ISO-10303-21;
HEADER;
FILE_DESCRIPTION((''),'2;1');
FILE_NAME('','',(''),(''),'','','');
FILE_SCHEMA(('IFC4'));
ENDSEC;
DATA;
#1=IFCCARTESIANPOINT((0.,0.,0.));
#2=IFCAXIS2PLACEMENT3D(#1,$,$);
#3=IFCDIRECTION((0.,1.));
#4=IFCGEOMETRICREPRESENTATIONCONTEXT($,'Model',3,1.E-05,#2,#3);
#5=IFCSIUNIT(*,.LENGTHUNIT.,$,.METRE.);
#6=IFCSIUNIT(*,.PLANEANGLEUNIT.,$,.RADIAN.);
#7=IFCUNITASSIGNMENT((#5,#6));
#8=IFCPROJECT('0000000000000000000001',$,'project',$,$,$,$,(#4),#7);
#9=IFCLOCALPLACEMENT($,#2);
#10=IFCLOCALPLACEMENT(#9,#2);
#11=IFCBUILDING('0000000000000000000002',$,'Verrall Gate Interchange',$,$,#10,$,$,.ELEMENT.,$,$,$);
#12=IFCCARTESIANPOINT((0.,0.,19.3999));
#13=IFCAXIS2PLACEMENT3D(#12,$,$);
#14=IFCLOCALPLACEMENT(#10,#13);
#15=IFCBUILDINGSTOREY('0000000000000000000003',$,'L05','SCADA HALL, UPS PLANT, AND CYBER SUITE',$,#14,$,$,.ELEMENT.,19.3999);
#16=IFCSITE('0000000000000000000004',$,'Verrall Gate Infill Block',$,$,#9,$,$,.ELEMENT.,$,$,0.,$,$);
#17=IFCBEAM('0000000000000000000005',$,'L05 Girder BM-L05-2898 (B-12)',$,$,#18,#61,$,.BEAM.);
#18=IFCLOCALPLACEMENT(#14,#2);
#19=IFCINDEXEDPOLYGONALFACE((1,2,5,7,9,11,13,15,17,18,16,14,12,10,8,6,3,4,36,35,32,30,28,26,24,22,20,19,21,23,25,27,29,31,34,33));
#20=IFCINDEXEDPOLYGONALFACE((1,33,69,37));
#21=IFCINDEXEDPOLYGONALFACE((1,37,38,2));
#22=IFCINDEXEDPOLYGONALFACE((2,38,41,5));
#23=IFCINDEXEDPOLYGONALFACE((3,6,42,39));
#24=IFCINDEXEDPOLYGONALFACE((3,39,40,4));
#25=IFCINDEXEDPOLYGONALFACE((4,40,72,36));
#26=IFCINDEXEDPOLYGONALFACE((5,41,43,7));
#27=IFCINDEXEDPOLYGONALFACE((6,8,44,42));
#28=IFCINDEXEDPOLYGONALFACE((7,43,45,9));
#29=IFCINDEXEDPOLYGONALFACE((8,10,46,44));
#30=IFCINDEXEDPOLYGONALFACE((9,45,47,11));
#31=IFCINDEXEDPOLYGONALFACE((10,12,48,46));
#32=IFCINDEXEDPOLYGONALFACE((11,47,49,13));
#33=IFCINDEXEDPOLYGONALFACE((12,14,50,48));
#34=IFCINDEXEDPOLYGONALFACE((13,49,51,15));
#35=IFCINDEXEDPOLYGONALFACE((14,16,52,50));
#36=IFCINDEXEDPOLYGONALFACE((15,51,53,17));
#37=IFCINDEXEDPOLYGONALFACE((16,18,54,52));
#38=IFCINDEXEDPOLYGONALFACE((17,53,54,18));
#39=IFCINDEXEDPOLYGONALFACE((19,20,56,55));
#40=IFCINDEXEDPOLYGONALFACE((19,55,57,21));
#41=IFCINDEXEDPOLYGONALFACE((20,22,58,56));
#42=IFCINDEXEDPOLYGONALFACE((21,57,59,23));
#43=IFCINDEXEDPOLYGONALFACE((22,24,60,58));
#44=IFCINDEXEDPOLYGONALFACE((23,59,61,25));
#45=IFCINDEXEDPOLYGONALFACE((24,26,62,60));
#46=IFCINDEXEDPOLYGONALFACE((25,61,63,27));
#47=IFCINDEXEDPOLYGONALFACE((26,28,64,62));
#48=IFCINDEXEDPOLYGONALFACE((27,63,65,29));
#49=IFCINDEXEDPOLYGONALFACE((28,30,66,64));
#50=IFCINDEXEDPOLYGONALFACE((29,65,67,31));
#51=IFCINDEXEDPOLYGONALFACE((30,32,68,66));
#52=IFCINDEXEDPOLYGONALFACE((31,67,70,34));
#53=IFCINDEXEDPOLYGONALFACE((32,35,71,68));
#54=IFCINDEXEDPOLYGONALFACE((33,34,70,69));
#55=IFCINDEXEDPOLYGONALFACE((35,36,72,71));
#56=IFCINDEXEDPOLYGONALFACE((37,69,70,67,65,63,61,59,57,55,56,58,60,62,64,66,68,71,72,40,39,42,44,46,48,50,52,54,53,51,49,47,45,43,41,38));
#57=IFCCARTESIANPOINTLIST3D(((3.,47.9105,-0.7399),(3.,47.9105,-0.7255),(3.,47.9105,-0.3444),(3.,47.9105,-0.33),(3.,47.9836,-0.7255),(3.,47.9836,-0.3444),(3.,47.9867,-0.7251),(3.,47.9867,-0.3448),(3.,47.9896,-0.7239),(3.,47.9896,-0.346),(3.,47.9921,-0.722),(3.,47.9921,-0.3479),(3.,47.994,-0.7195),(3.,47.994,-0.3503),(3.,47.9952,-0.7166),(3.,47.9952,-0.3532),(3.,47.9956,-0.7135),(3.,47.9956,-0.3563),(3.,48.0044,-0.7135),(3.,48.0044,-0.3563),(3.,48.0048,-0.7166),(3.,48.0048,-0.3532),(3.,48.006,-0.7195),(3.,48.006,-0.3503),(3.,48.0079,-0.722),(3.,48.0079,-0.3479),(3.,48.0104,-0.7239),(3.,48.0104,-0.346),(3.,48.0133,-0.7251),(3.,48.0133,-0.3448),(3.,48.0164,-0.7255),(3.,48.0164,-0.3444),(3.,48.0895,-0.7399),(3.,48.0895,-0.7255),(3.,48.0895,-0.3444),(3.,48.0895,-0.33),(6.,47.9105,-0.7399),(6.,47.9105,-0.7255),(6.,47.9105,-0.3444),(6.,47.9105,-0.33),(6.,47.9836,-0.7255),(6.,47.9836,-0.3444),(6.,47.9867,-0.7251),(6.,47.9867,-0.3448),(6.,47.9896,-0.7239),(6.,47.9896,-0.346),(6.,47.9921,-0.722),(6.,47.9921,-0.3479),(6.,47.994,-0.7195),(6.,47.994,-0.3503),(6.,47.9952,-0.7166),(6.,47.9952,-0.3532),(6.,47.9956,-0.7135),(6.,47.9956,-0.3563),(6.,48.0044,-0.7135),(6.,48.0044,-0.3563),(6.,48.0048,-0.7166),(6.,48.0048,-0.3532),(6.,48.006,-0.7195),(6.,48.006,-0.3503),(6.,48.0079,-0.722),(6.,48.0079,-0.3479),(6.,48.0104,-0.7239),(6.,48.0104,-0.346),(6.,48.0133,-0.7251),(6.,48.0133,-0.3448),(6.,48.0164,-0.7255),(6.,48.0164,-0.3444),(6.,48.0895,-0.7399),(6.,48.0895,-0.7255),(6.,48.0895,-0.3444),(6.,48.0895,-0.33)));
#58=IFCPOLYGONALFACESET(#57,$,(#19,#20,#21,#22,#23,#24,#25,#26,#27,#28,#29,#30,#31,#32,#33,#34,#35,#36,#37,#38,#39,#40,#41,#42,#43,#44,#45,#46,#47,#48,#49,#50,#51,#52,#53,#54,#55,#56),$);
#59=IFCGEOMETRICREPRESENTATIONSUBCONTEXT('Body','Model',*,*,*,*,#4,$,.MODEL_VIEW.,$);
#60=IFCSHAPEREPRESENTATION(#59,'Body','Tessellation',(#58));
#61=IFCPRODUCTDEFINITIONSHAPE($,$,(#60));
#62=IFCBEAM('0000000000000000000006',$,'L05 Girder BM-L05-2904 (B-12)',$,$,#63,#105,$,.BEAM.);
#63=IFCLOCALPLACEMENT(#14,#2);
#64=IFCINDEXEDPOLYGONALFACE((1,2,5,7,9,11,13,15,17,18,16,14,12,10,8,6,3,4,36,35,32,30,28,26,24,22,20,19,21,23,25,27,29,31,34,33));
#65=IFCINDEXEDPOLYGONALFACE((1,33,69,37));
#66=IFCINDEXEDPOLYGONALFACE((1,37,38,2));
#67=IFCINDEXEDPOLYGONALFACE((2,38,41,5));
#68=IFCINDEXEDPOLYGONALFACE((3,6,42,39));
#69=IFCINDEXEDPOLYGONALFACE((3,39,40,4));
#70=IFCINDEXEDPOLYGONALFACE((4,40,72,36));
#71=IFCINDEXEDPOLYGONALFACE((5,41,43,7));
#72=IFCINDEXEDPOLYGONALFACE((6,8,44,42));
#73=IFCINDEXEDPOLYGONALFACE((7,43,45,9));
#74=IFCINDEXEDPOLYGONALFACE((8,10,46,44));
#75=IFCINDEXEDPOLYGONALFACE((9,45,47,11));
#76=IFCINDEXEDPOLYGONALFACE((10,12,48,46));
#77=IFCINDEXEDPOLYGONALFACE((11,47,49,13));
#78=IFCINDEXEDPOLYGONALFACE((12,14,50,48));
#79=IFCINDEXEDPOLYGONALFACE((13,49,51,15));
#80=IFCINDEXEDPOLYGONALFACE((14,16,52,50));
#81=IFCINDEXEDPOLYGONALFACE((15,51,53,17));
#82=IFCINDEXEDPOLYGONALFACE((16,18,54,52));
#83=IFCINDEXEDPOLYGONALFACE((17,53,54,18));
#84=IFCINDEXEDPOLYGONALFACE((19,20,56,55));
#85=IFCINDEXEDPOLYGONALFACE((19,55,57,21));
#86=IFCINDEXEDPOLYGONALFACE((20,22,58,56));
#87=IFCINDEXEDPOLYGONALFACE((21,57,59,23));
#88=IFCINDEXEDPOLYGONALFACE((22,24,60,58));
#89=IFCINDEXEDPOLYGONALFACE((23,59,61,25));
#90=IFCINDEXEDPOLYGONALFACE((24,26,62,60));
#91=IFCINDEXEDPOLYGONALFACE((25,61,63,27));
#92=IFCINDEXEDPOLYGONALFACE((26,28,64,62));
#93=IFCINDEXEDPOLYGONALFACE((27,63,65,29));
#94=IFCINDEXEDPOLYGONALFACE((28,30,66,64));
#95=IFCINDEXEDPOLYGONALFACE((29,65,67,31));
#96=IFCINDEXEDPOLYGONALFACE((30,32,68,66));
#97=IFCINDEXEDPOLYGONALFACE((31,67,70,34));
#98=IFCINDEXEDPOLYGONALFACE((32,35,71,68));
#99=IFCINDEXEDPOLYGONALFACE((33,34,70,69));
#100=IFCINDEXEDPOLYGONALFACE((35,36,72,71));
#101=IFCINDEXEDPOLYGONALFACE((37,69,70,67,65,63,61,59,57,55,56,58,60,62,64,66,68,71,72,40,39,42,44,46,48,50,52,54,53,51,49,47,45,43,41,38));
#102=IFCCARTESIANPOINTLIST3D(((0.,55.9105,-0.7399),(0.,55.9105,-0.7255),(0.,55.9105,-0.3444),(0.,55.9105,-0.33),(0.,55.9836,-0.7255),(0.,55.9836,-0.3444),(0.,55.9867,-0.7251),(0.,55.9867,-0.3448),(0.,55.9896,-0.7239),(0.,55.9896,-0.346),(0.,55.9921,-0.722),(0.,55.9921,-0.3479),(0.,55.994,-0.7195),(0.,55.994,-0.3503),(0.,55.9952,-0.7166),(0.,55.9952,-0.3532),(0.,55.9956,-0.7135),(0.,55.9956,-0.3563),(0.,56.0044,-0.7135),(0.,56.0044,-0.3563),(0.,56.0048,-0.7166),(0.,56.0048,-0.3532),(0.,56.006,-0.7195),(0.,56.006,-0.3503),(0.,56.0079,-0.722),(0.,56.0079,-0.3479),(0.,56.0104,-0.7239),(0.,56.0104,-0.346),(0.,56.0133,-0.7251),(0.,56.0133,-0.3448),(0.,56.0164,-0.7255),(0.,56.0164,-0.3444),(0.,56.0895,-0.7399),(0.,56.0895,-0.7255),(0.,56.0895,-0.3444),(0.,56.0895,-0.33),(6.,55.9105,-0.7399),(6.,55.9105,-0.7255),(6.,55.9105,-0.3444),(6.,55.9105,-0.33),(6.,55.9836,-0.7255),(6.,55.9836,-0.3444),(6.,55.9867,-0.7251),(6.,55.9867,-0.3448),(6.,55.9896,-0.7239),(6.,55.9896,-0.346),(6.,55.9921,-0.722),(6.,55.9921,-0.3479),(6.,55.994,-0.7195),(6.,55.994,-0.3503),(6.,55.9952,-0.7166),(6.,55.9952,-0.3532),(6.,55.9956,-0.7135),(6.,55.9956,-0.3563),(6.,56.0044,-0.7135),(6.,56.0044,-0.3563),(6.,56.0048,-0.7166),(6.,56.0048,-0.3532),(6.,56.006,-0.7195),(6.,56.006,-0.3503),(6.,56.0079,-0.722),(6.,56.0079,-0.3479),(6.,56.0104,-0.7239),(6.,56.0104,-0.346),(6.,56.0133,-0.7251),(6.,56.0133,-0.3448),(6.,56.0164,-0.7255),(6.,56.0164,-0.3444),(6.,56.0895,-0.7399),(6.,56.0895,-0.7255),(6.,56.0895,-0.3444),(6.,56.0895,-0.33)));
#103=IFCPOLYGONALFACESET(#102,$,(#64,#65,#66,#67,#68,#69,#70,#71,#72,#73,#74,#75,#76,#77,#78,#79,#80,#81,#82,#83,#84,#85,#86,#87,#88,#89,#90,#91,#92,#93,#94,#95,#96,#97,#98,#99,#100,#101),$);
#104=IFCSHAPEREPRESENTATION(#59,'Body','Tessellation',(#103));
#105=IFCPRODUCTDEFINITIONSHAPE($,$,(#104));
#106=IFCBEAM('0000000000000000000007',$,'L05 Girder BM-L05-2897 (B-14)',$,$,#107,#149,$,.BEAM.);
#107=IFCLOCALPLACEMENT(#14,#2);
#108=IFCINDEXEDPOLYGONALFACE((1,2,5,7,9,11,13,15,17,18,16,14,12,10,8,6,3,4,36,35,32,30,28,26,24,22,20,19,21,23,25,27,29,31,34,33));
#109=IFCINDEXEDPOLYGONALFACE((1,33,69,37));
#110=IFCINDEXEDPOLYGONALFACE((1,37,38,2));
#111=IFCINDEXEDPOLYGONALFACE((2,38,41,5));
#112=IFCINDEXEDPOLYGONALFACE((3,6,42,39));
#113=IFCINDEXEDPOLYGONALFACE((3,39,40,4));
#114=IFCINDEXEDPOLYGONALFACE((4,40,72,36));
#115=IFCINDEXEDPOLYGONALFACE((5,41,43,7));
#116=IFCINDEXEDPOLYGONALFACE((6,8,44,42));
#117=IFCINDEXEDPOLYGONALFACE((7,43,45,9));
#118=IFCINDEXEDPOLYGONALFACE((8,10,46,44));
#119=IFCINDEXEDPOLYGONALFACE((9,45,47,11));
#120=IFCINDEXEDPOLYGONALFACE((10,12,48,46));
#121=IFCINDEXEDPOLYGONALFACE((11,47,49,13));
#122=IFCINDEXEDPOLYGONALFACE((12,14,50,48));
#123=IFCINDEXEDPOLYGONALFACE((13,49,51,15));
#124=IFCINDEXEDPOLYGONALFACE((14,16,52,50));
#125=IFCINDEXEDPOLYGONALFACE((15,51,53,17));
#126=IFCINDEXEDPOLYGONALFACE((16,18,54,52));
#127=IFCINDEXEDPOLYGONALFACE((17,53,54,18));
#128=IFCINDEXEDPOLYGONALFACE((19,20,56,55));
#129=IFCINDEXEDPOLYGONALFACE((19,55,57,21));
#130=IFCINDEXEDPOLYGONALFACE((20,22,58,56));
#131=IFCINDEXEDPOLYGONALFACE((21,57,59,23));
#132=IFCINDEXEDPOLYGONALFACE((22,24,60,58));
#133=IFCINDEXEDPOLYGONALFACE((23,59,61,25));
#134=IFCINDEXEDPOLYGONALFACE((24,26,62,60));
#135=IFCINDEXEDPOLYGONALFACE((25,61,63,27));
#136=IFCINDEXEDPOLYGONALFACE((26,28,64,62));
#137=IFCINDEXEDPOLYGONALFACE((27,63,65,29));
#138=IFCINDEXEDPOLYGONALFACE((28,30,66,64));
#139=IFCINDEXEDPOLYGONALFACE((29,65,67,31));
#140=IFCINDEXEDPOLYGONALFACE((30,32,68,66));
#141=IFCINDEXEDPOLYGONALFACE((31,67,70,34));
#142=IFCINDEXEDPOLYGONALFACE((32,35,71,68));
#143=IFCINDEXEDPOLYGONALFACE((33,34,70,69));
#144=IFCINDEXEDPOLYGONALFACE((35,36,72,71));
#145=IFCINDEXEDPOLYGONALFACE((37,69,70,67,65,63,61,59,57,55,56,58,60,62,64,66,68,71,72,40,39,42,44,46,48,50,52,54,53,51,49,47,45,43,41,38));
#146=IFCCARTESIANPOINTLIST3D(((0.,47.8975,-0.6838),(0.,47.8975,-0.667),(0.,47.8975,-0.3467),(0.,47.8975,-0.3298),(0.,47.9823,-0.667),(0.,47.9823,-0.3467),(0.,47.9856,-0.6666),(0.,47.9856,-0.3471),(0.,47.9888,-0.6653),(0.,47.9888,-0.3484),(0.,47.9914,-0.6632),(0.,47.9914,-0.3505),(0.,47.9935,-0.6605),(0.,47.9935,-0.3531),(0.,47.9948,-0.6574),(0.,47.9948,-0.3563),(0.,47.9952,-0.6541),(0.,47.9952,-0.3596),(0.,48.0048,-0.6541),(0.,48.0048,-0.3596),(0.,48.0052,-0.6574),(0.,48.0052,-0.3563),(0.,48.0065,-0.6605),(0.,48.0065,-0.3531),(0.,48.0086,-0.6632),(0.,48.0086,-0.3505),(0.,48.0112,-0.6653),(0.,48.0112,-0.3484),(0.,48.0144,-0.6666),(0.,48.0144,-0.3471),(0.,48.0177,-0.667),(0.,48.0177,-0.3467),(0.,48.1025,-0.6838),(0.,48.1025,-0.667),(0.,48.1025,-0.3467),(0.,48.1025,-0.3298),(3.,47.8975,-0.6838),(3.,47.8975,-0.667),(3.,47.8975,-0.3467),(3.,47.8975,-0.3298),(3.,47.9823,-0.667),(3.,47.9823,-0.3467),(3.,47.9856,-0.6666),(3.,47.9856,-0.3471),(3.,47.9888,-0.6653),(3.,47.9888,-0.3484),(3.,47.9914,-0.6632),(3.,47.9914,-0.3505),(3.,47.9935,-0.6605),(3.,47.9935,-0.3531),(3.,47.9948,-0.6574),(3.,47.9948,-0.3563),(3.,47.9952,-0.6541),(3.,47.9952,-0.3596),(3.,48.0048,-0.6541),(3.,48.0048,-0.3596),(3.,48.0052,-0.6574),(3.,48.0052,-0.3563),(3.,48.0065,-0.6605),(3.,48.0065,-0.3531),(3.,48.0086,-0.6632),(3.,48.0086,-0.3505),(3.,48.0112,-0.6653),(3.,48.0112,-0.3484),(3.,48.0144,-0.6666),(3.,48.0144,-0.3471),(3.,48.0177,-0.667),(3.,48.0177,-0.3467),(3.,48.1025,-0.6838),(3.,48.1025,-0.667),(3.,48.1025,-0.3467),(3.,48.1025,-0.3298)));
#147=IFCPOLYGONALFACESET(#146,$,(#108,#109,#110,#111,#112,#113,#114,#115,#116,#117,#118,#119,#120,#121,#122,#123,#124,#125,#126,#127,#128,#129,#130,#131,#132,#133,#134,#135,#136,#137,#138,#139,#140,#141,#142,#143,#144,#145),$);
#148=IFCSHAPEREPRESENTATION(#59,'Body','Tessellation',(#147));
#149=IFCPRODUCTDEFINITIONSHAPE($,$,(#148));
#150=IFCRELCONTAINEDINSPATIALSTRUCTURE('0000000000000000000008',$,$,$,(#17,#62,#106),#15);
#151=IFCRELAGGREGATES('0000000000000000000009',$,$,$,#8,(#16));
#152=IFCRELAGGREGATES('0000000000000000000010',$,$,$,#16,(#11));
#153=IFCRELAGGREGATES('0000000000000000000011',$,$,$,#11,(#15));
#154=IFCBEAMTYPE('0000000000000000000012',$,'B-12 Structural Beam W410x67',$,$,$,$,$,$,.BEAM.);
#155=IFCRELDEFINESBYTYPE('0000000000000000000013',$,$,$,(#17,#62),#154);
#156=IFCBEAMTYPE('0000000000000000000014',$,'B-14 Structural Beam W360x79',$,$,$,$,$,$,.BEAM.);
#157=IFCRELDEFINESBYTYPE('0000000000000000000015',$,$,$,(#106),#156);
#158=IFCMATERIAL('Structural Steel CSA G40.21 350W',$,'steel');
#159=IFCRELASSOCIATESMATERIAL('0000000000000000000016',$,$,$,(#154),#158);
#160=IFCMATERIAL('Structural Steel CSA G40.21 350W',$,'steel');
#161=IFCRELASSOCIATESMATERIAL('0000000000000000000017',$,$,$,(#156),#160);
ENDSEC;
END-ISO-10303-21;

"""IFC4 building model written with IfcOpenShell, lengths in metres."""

from ifc_helpers import new_model, si_unit, direction, frame, origin, origin_2d, place, context, subcontext, project, spatial, i_section, extrude, material, material_profile, profile_set, type_object, element, save


model = new_model("IFC4")

# Units and contexts
model_context = context("Model", 3, precision=1e-05, world=origin(), true_north=direction((0.0, 1.0)))
body_context = subcontext(model_context, "Body", "Model", "MODEL_VIEW")
ifc_project = project(units=[si_unit("LENGTHUNIT", "METRE"), si_unit("PLANEANGLEUNIT", "RADIAN")], contexts=[model_context])

# Site, building, storey
site_placement = place(None, origin())
site = spatial("IfcSite", under=ifc_project, at=site_placement, Name="Verrall Gate Infill Block", CompositionType="ELEMENT", RefElevation=0.0)
building_placement = place(site_placement, origin())
building = spatial("IfcBuilding", under=site, at=building_placement, Name="Verrall Gate Interchange", CompositionType="ELEMENT")
storey_placement = place(building_placement, frame((0.0, 0.0, 19.3999)))
storey = spatial("IfcBuildingStorey", under=building, at=storey_placement, Name="L05", Description="SCADA HALL, UPS PLANT, AND CYBER SUITE", CompositionType="ELEMENT", Elevation=19.3999)

# Beams
ifc_material_1 = material(Name="Structural Steel CSA G40.21 350W", Category="steel")
ifc_material_profile_1 = material_profile(ifc_material_1, i_section(OverallWidth=0.179, OverallDepth=0.4099, WebThickness=0.0088, FlangeThickness=0.0144, FilletRadius=0.012, at=origin_2d()), Name="W410x67")
ifc_profile_set_1 = profile_set([ifc_material_profile_1], Name="Structural Steel CSA G40.21 350W")
beam_type_1 = type_object("IfcBeamType", Name="B-12 Structural Beam W410x67", PredefinedType="BEAM", material=ifc_profile_set_1)
beam_1_placement = place(storey_placement, frame((3.0, 48.0, -0.5349), z_axis=(1.0, 0.0, 0.0), x_axis=(0.0, 1.0, 0.0)))
element("IfcBeam", 1, at=beam_1_placement, inside=storey, type_object=beam_type_1, Name="L05 Girder BM-L05-2898 (B-12)", PredefinedType="BEAM", context=body_context, shape_type="SweptSolid", body=[
    extrude(i_section(OverallWidth=0.179, OverallDepth=0.4099, WebThickness=0.0088, FlangeThickness=0.0144, FilletRadius=0.012, at=origin_2d()), origin(), (0.0, 0.0, 1.0), 3.0),
])
beam_2_placement = place(storey_placement, frame((0.0, 56.0, -0.5349), z_axis=(1.0, 0.0, 0.0), x_axis=(0.0, 1.0, 0.0)))
element("IfcBeam", 2, at=beam_2_placement, inside=storey, type_object=beam_type_1, Name="L05 Girder BM-L05-2904 (B-12)", PredefinedType="BEAM", context=body_context, shape_type="SweptSolid", body=[
    extrude(i_section(OverallWidth=0.179, OverallDepth=0.4099, WebThickness=0.0088, FlangeThickness=0.0144, FilletRadius=0.012, at=origin_2d()), origin(), (0.0, 0.0, 1.0), 6.0),
])
ifc_material_2 = material(Name="Structural Steel CSA G40.21 350W", Category="steel")
ifc_material_profile_2 = material_profile(ifc_material_2, i_section(OverallWidth=0.2051, OverallDepth=0.354, WebThickness=0.0095, FlangeThickness=0.0168, FilletRadius=0.0129, at=origin_2d()), Name="W360x79")
ifc_profile_set_2 = profile_set([ifc_material_profile_2], Name="Structural Steel CSA G40.21 350W")
beam_type_2 = type_object("IfcBeamType", Name="B-14 Structural Beam W360x79", PredefinedType="BEAM", material=ifc_profile_set_2)
beam_3_placement = place(storey_placement, frame((0.0, 48.0, -0.5068), z_axis=(1.0, 0.0, 0.0), x_axis=(0.0, 1.0, 0.0)))
element("IfcBeam", 3, at=beam_3_placement, inside=storey, type_object=beam_type_2, Name="L05 Girder BM-L05-2897 (B-14)", PredefinedType="BEAM", context=body_context, shape_type="SweptSolid", body=[
    extrude(i_section(OverallWidth=0.2051, OverallDepth=0.354, WebThickness=0.0095, FlangeThickness=0.0168, FilletRadius=0.0129, at=origin_2d()), origin(), (0.0, 0.0, 1.0), 3.0),
])

save(model, "model.ifc")
